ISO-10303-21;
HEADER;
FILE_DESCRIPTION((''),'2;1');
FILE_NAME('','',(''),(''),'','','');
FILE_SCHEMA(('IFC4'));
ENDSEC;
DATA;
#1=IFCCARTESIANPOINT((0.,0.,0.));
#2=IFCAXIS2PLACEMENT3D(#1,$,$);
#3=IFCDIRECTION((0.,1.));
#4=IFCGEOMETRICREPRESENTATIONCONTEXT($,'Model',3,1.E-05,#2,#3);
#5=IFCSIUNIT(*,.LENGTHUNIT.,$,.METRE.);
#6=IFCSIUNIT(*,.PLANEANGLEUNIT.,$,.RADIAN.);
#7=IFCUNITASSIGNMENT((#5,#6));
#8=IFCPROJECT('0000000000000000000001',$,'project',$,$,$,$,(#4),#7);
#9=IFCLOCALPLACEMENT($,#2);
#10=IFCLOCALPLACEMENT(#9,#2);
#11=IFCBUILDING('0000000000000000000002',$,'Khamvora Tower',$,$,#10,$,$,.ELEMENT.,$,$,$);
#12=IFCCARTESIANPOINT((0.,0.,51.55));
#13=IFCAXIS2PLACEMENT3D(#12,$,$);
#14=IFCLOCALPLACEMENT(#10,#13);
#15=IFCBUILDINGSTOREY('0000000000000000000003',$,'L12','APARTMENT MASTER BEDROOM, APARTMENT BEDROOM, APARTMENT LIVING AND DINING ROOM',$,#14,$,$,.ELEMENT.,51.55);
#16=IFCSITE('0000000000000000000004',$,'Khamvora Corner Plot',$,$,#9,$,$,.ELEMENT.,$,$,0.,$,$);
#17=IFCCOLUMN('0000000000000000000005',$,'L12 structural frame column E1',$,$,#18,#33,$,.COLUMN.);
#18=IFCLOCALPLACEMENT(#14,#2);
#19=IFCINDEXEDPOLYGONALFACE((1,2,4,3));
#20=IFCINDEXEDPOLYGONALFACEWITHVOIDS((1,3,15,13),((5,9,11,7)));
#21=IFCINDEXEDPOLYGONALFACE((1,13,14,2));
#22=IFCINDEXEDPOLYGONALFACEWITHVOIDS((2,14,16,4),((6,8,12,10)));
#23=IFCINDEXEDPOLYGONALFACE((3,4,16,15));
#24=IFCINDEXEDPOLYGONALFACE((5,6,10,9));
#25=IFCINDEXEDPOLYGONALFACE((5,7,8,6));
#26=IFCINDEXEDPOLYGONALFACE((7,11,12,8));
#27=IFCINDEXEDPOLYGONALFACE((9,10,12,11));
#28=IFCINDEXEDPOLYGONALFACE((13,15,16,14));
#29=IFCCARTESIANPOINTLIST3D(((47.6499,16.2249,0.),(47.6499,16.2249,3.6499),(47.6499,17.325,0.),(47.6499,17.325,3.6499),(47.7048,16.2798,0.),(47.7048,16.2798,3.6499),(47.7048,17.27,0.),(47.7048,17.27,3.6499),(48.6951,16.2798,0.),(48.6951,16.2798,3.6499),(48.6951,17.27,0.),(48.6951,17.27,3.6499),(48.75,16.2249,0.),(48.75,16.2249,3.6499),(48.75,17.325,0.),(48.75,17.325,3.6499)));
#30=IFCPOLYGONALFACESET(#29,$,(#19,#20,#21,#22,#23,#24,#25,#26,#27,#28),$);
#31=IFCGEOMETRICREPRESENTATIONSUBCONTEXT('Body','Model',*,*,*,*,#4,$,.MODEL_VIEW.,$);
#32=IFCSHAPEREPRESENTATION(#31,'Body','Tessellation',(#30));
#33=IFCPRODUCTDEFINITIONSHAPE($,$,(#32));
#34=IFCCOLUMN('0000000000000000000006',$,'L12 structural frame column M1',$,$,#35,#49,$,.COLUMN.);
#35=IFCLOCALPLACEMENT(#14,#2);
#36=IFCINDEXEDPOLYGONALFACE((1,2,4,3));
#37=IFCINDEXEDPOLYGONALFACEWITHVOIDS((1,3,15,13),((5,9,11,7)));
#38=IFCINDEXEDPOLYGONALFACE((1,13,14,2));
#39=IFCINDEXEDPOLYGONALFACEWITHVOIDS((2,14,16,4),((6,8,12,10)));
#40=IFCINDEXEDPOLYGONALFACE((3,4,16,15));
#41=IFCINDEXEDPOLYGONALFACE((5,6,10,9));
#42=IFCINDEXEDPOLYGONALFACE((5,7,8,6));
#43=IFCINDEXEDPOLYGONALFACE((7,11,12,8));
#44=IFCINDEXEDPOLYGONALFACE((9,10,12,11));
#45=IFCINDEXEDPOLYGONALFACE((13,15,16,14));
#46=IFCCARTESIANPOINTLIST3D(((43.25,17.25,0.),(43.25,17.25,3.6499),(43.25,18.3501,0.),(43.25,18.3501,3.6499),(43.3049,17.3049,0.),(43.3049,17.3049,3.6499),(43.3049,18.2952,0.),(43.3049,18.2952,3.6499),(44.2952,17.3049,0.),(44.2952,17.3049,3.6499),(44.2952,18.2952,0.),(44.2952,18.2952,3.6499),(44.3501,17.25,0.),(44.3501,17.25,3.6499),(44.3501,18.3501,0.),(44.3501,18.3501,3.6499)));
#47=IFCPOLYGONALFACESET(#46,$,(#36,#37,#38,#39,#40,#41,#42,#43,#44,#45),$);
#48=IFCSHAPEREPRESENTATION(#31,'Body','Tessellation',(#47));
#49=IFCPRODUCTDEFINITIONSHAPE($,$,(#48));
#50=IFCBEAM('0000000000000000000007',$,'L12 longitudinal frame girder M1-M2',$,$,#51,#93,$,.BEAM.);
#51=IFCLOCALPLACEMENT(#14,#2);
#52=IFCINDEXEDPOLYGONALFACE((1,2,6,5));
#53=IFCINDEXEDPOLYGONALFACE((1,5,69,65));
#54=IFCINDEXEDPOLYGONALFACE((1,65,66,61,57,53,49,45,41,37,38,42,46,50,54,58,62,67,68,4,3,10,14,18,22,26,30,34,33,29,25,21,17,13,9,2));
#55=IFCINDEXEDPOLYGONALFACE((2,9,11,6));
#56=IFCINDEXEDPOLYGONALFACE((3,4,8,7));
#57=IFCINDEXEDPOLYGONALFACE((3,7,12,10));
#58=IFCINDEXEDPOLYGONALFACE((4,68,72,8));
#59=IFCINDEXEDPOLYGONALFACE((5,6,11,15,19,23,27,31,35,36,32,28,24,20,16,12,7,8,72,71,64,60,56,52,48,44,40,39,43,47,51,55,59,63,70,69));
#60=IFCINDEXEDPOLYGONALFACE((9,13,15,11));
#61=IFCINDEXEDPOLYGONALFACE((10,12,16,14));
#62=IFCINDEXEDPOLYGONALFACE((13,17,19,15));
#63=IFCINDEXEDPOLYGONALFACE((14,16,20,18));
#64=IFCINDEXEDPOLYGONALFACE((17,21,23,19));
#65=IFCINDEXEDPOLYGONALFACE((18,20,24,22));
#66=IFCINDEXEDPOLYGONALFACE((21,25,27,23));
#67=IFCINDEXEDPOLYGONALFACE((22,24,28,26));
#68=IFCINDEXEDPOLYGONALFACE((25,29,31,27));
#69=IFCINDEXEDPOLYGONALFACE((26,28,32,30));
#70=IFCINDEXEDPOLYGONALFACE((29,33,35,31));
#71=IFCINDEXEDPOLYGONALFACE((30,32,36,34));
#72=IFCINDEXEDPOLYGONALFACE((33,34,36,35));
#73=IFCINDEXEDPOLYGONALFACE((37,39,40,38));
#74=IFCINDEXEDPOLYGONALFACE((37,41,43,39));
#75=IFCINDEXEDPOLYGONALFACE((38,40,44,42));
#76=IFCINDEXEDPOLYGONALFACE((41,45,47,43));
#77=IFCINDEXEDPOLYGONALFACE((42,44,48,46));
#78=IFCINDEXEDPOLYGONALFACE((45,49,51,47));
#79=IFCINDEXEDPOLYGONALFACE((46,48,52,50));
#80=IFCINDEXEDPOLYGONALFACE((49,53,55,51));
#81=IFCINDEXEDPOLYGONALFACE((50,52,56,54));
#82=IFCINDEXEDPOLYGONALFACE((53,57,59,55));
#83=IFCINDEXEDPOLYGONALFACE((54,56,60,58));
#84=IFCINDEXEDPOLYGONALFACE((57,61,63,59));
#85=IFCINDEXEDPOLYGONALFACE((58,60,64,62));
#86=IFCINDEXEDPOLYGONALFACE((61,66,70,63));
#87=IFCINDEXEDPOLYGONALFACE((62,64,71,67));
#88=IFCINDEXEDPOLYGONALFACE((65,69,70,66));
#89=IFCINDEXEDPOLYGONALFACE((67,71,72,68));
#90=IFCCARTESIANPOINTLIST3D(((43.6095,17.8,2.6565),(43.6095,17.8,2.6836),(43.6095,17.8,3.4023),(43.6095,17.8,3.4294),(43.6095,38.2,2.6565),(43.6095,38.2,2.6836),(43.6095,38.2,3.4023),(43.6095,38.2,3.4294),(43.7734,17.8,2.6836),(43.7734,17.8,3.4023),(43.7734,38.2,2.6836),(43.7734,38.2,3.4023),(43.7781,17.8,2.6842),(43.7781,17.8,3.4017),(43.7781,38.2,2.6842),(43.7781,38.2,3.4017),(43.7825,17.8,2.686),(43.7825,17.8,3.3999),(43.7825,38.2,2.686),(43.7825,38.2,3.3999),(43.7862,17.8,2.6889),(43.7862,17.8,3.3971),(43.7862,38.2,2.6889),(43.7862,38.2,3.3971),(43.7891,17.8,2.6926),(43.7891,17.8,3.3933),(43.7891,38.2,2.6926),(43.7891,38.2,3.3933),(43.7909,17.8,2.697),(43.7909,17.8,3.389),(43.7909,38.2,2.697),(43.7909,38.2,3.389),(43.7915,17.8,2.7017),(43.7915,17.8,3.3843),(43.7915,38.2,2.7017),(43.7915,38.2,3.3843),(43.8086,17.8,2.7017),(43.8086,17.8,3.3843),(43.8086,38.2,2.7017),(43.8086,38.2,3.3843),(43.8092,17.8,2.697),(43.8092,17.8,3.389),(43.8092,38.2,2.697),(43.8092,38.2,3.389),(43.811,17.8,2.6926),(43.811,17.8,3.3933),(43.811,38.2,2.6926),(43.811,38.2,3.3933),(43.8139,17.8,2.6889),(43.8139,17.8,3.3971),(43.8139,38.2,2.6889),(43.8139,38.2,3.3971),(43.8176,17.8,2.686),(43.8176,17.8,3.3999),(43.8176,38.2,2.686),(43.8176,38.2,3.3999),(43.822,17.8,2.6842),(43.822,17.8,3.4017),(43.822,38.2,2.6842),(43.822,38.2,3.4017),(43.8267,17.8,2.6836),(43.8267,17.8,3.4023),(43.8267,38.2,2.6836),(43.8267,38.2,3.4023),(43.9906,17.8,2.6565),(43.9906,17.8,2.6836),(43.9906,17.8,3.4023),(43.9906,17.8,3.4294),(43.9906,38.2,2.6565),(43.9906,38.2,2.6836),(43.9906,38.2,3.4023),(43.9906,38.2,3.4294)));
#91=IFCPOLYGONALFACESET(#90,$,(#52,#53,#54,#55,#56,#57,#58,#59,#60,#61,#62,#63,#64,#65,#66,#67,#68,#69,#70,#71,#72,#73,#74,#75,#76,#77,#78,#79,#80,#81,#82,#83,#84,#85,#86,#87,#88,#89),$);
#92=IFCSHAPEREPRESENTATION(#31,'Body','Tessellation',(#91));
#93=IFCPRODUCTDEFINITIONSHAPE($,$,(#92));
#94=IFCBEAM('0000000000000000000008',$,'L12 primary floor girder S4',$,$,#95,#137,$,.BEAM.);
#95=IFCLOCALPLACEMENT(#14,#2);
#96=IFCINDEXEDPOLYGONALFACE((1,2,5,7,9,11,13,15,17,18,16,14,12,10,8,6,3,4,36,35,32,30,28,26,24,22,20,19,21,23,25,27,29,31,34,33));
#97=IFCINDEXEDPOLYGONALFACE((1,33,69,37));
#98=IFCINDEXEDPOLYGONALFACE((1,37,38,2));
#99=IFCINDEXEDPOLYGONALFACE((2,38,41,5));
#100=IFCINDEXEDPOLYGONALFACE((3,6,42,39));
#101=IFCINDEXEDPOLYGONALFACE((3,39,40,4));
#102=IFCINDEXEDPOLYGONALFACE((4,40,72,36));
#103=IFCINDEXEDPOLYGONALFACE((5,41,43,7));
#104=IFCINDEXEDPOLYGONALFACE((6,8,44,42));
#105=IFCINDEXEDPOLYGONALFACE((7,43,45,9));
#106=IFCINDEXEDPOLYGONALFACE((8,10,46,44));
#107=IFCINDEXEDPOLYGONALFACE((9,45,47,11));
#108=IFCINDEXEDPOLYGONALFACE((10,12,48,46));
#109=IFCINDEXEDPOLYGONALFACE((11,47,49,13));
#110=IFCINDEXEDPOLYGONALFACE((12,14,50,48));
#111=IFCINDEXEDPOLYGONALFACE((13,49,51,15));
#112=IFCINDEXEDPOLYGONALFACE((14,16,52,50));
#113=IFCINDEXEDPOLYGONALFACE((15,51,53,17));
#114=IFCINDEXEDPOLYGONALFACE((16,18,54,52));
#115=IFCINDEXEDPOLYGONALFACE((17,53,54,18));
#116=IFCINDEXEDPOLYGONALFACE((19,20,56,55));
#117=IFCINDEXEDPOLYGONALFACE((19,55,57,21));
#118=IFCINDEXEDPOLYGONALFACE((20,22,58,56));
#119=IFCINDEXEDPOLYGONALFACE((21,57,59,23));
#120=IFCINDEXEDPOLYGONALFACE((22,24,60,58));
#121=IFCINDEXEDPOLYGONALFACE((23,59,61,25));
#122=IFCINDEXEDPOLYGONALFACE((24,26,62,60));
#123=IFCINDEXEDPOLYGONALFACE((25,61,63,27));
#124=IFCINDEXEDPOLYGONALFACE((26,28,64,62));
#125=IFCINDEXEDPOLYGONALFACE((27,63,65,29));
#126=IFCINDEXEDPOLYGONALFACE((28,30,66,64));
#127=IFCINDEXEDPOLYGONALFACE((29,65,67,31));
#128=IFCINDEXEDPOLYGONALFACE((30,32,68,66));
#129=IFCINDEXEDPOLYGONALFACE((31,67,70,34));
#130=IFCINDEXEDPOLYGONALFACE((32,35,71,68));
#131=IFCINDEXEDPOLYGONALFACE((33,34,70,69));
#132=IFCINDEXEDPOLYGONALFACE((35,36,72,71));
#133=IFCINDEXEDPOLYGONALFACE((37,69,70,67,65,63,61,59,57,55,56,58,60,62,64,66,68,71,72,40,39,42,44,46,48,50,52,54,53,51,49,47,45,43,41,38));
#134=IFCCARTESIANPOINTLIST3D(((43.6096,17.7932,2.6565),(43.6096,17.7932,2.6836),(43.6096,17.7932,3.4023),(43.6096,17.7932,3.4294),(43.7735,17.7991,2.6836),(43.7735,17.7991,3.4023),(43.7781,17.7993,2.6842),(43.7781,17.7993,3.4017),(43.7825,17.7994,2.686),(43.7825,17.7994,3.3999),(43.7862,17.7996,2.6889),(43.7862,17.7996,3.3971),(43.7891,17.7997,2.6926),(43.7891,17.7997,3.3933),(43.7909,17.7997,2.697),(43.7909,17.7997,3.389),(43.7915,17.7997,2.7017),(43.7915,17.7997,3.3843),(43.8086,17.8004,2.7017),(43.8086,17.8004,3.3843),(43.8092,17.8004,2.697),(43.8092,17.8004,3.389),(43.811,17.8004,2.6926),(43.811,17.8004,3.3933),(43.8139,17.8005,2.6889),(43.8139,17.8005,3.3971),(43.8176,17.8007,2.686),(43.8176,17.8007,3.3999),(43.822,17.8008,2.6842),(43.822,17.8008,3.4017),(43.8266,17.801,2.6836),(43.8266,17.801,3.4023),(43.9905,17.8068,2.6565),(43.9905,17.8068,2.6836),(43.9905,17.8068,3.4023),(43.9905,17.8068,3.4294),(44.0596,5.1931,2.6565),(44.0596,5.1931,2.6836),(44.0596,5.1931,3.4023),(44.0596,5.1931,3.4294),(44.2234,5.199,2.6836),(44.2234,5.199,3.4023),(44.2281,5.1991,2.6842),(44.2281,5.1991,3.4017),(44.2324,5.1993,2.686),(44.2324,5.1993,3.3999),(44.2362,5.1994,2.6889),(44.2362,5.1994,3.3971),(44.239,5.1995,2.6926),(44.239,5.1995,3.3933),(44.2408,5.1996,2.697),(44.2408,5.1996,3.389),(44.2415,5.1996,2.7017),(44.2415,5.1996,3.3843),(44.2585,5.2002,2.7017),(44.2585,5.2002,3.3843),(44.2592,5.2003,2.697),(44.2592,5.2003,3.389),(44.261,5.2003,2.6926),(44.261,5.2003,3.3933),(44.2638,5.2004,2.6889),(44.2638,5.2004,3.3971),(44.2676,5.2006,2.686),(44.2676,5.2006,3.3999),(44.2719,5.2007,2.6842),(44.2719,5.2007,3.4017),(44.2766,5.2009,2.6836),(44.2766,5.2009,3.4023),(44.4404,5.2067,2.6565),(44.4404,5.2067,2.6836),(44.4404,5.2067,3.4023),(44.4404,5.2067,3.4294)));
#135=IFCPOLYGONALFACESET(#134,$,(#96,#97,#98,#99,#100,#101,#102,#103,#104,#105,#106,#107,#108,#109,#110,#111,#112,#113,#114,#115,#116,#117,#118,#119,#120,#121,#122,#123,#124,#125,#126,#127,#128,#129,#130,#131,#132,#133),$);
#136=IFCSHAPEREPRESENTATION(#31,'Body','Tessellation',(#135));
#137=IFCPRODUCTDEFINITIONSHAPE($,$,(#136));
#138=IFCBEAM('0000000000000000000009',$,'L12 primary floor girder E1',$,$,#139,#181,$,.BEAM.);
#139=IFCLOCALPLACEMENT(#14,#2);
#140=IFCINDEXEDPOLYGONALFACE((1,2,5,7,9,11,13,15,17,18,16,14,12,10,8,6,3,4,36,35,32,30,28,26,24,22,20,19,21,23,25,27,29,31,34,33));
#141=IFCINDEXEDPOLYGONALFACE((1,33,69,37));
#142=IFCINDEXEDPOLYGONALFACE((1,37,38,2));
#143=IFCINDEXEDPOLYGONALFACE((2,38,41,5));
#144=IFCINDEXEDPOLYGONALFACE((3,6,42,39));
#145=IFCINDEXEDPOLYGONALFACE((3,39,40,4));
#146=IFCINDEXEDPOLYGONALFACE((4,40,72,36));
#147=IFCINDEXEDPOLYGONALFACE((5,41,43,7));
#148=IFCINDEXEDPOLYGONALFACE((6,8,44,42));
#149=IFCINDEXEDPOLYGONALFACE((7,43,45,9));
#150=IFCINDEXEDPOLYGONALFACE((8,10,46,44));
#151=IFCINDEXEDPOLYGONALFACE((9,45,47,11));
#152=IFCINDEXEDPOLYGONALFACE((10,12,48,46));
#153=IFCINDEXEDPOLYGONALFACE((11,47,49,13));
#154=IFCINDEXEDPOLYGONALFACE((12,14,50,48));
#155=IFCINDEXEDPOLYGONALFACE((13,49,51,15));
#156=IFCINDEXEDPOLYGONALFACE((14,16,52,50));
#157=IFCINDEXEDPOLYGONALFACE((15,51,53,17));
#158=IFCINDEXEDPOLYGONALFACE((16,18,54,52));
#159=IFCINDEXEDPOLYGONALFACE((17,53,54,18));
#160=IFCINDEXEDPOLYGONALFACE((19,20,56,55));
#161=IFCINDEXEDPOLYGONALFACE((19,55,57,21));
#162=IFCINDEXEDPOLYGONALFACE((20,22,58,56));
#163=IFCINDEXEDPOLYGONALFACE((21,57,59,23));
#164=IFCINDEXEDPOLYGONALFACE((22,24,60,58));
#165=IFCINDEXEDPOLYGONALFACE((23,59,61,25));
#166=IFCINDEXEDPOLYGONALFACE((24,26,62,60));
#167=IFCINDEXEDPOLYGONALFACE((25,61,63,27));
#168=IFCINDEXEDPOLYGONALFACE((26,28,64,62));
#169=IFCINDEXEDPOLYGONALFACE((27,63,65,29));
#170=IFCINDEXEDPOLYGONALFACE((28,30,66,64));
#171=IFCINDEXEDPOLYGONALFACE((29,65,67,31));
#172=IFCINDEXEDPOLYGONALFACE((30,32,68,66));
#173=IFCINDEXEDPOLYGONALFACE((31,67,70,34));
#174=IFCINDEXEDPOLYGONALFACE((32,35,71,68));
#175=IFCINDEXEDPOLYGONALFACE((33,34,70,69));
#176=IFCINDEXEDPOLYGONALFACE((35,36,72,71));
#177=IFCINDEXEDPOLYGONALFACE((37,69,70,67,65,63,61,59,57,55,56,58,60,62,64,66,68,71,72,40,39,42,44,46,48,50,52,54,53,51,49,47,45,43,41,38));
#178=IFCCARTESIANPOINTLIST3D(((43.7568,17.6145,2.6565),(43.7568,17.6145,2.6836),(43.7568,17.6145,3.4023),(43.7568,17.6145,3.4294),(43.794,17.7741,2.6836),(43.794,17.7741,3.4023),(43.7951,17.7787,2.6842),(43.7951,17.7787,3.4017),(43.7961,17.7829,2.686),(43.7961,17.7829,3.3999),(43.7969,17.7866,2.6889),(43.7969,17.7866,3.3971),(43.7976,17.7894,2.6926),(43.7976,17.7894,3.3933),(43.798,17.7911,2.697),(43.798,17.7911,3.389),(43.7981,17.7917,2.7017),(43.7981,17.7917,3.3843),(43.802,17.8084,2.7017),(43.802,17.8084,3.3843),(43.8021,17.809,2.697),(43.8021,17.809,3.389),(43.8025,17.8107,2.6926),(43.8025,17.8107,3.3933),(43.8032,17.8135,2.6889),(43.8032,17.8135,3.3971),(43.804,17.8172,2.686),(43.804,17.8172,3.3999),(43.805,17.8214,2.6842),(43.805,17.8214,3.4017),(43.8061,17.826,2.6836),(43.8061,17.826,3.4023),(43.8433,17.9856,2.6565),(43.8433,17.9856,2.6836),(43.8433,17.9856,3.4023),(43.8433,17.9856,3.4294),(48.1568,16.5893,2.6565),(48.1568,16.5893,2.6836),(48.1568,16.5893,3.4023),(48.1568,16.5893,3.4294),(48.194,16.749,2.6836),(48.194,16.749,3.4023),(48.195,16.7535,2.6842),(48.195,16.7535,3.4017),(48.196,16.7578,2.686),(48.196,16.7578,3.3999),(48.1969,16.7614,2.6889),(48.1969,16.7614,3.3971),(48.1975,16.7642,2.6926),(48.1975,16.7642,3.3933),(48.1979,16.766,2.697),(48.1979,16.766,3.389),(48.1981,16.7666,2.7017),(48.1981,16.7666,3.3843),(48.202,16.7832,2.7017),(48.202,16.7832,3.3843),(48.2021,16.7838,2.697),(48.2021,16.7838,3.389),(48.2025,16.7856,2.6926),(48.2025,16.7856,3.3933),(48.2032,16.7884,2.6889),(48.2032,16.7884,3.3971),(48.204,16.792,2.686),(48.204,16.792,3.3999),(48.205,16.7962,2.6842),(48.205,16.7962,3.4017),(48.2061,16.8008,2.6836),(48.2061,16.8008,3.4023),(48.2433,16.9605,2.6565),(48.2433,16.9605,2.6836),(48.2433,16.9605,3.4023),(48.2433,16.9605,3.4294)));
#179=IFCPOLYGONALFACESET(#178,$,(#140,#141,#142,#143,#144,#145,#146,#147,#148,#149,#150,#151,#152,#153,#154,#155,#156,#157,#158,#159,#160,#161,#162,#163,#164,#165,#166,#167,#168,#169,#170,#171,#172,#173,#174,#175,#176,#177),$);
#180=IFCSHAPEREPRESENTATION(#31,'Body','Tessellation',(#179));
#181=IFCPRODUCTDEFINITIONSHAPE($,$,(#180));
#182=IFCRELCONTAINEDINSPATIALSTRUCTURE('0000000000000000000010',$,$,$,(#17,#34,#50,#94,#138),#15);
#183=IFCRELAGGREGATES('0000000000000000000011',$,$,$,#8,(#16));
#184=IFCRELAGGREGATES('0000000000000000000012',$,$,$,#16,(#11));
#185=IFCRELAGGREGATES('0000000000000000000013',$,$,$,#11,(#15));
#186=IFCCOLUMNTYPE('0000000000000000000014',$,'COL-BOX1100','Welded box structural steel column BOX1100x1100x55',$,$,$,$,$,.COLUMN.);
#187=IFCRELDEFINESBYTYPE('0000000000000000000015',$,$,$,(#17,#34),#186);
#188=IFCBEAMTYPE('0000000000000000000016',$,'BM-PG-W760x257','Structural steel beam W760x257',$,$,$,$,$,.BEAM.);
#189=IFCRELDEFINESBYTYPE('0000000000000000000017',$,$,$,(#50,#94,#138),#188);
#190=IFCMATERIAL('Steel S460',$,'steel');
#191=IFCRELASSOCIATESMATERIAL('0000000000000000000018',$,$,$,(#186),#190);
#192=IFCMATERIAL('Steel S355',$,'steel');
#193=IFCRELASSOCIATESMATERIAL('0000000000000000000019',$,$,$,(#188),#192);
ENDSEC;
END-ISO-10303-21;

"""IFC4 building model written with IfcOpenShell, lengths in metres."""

from ifc_helpers import new_model, si_unit, direction, frame, origin, origin_2d, place, context, subcontext, project, spatial, hollow_rectangle, i_section, extrude, material, material_profile, profile_set, type_object, element, save


model = new_model("IFC4")

# Units and contexts
model_context = context("Model", 3, precision=1e-05, world=origin(), true_north=direction((0.0, 1.0)))
body_context = subcontext(model_context, "Body", "Model", "MODEL_VIEW")
ifc_project = project(units=[si_unit("LENGTHUNIT", "METRE"), si_unit("PLANEANGLEUNIT", "RADIAN")], contexts=[model_context])

# Site, building, storey
site_placement = place(None, origin())
site = spatial("IfcSite", under=ifc_project, at=site_placement, Name="Khamvora Corner Plot", CompositionType="ELEMENT", RefElevation=0.0)
building_placement = place(site_placement, origin())
building = spatial("IfcBuilding", under=site, at=building_placement, Name="Khamvora Tower", CompositionType="ELEMENT")
storey_placement = place(building_placement, frame((0.0, 0.0, 51.55)))
storey = spatial("IfcBuildingStorey", under=building, at=storey_placement, Name="L12", Description="APARTMENT MASTER BEDROOM, APARTMENT BEDROOM, APARTMENT LIVING AND DINING ROOM", CompositionType="ELEMENT", Elevation=51.55)

# Columns
ifc_material_1 = material(Name="Steel S460", Category="steel")
ifc_material_profile_1 = material_profile(ifc_material_1, hollow_rectangle(XDim=1.1001, YDim=1.1001, WallThickness=0.0549, at=origin_2d()), Name="BOX1100x1100x55")
ifc_profile_set_1 = profile_set([ifc_material_profile_1], Name="Steel S460")
column_type = type_object("IfcColumnType", Name="COL-BOX1100", Description="Welded box structural steel column BOX1100x1100x55", PredefinedType="COLUMN", material=ifc_profile_set_1)
for number, where, z_axis, x_axis, name in (
    (1, (48.2, 16.7749, 0.0), (0.0, 0.0, 1.0), (1.0, 0.0, 0.0), "L12 structural frame column E1"),
    (2, (43.8, 17.8, 0.0), (0.0, 0.0, 1.0), (1.0, 0.0, 0.0), "L12 structural frame column M1"),
):
    element("IfcColumn", number, at=place(storey_placement, frame(where, z_axis=z_axis, x_axis=x_axis)), inside=storey, type_object=column_type, Name=name, PredefinedType="COLUMN", context=body_context, shape_type="SweptSolid", body=[
        extrude(hollow_rectangle(XDim=1.1001, YDim=1.1001, WallThickness=0.0549, at=origin_2d()), origin(), (0.0, 0.0, 1.0), 3.6499),
    ])

# Beams
ifc_material_2 = material(Name="Steel S355", Category="steel")
ifc_material_profile_2 = material_profile(ifc_material_2, i_section(OverallWidth=0.3811, OverallDepth=0.7729, WebThickness=0.0171, FlangeThickness=0.0271, FilletRadius=0.0181, at=origin_2d()), Name="W760x257")
ifc_profile_set_2 = profile_set([ifc_material_profile_2], Name="Steel S355")
beam_type_1 = type_object("IfcBeamType", Name="BM-PG-W760x257", Description="Structural steel beam W760x257", PredefinedType="BEAM", material=ifc_profile_set_2)
beam_1_placement = place(storey_placement, frame((43.8, 17.8, 3.043), z_axis=(0.0, 1.0, 0.0), x_axis=(-1.0, 0.0, 0.0)))
element("IfcBeam", 3, at=beam_1_placement, inside=storey, type_object=beam_type_1, Name="L12 longitudinal frame girder M1-M2", PredefinedType="BEAM", context=body_context, shape_type="SweptSolid", body=[
    extrude(i_section(OverallWidth=0.3811, OverallDepth=0.7729, WebThickness=0.0171, FlangeThickness=0.0271, FilletRadius=0.0181, at=origin_2d()), origin(), (0.0, 0.0, 1.0), 20.3999),
])
beam_2_placement = place(storey_placement, frame((43.8, 17.8, 3.043), z_axis=(0.035687, -0.999363, 0.0), x_axis=(0.999363, 0.035687, 0.0)))
element("IfcBeam", 4, at=beam_2_placement, inside=storey, type_object=beam_type_1, Name="L12 primary floor girder S4", PredefinedType="BEAM", context=body_context, shape_type="SweptSolid", body=[
    extrude(i_section(OverallWidth=0.3811, OverallDepth=0.7729, WebThickness=0.0171, FlangeThickness=0.0271, FilletRadius=0.0181, at=origin_2d()), origin(), (0.0, 0.0, 1.0), 12.6082),
])
beam_3_placement = place(storey_placement, frame((43.8, 17.8, 3.043), z_axis=(0.973915, -0.226915, 0.0), x_axis=(0.226915, 0.973915, 0.0)))
element("IfcBeam", 5, at=beam_3_placement, inside=storey, type_object=beam_type_1, Name="L12 primary floor girder E1", PredefinedType="BEAM", context=body_context, shape_type="SweptSolid", body=[
    extrude(i_section(OverallWidth=0.3811, OverallDepth=0.7729, WebThickness=0.0171, FlangeThickness=0.0271, FilletRadius=0.0181, at=origin_2d()), origin(), (0.0, 0.0, 1.0), 4.5178),
])

save(model, "model.ifc")
